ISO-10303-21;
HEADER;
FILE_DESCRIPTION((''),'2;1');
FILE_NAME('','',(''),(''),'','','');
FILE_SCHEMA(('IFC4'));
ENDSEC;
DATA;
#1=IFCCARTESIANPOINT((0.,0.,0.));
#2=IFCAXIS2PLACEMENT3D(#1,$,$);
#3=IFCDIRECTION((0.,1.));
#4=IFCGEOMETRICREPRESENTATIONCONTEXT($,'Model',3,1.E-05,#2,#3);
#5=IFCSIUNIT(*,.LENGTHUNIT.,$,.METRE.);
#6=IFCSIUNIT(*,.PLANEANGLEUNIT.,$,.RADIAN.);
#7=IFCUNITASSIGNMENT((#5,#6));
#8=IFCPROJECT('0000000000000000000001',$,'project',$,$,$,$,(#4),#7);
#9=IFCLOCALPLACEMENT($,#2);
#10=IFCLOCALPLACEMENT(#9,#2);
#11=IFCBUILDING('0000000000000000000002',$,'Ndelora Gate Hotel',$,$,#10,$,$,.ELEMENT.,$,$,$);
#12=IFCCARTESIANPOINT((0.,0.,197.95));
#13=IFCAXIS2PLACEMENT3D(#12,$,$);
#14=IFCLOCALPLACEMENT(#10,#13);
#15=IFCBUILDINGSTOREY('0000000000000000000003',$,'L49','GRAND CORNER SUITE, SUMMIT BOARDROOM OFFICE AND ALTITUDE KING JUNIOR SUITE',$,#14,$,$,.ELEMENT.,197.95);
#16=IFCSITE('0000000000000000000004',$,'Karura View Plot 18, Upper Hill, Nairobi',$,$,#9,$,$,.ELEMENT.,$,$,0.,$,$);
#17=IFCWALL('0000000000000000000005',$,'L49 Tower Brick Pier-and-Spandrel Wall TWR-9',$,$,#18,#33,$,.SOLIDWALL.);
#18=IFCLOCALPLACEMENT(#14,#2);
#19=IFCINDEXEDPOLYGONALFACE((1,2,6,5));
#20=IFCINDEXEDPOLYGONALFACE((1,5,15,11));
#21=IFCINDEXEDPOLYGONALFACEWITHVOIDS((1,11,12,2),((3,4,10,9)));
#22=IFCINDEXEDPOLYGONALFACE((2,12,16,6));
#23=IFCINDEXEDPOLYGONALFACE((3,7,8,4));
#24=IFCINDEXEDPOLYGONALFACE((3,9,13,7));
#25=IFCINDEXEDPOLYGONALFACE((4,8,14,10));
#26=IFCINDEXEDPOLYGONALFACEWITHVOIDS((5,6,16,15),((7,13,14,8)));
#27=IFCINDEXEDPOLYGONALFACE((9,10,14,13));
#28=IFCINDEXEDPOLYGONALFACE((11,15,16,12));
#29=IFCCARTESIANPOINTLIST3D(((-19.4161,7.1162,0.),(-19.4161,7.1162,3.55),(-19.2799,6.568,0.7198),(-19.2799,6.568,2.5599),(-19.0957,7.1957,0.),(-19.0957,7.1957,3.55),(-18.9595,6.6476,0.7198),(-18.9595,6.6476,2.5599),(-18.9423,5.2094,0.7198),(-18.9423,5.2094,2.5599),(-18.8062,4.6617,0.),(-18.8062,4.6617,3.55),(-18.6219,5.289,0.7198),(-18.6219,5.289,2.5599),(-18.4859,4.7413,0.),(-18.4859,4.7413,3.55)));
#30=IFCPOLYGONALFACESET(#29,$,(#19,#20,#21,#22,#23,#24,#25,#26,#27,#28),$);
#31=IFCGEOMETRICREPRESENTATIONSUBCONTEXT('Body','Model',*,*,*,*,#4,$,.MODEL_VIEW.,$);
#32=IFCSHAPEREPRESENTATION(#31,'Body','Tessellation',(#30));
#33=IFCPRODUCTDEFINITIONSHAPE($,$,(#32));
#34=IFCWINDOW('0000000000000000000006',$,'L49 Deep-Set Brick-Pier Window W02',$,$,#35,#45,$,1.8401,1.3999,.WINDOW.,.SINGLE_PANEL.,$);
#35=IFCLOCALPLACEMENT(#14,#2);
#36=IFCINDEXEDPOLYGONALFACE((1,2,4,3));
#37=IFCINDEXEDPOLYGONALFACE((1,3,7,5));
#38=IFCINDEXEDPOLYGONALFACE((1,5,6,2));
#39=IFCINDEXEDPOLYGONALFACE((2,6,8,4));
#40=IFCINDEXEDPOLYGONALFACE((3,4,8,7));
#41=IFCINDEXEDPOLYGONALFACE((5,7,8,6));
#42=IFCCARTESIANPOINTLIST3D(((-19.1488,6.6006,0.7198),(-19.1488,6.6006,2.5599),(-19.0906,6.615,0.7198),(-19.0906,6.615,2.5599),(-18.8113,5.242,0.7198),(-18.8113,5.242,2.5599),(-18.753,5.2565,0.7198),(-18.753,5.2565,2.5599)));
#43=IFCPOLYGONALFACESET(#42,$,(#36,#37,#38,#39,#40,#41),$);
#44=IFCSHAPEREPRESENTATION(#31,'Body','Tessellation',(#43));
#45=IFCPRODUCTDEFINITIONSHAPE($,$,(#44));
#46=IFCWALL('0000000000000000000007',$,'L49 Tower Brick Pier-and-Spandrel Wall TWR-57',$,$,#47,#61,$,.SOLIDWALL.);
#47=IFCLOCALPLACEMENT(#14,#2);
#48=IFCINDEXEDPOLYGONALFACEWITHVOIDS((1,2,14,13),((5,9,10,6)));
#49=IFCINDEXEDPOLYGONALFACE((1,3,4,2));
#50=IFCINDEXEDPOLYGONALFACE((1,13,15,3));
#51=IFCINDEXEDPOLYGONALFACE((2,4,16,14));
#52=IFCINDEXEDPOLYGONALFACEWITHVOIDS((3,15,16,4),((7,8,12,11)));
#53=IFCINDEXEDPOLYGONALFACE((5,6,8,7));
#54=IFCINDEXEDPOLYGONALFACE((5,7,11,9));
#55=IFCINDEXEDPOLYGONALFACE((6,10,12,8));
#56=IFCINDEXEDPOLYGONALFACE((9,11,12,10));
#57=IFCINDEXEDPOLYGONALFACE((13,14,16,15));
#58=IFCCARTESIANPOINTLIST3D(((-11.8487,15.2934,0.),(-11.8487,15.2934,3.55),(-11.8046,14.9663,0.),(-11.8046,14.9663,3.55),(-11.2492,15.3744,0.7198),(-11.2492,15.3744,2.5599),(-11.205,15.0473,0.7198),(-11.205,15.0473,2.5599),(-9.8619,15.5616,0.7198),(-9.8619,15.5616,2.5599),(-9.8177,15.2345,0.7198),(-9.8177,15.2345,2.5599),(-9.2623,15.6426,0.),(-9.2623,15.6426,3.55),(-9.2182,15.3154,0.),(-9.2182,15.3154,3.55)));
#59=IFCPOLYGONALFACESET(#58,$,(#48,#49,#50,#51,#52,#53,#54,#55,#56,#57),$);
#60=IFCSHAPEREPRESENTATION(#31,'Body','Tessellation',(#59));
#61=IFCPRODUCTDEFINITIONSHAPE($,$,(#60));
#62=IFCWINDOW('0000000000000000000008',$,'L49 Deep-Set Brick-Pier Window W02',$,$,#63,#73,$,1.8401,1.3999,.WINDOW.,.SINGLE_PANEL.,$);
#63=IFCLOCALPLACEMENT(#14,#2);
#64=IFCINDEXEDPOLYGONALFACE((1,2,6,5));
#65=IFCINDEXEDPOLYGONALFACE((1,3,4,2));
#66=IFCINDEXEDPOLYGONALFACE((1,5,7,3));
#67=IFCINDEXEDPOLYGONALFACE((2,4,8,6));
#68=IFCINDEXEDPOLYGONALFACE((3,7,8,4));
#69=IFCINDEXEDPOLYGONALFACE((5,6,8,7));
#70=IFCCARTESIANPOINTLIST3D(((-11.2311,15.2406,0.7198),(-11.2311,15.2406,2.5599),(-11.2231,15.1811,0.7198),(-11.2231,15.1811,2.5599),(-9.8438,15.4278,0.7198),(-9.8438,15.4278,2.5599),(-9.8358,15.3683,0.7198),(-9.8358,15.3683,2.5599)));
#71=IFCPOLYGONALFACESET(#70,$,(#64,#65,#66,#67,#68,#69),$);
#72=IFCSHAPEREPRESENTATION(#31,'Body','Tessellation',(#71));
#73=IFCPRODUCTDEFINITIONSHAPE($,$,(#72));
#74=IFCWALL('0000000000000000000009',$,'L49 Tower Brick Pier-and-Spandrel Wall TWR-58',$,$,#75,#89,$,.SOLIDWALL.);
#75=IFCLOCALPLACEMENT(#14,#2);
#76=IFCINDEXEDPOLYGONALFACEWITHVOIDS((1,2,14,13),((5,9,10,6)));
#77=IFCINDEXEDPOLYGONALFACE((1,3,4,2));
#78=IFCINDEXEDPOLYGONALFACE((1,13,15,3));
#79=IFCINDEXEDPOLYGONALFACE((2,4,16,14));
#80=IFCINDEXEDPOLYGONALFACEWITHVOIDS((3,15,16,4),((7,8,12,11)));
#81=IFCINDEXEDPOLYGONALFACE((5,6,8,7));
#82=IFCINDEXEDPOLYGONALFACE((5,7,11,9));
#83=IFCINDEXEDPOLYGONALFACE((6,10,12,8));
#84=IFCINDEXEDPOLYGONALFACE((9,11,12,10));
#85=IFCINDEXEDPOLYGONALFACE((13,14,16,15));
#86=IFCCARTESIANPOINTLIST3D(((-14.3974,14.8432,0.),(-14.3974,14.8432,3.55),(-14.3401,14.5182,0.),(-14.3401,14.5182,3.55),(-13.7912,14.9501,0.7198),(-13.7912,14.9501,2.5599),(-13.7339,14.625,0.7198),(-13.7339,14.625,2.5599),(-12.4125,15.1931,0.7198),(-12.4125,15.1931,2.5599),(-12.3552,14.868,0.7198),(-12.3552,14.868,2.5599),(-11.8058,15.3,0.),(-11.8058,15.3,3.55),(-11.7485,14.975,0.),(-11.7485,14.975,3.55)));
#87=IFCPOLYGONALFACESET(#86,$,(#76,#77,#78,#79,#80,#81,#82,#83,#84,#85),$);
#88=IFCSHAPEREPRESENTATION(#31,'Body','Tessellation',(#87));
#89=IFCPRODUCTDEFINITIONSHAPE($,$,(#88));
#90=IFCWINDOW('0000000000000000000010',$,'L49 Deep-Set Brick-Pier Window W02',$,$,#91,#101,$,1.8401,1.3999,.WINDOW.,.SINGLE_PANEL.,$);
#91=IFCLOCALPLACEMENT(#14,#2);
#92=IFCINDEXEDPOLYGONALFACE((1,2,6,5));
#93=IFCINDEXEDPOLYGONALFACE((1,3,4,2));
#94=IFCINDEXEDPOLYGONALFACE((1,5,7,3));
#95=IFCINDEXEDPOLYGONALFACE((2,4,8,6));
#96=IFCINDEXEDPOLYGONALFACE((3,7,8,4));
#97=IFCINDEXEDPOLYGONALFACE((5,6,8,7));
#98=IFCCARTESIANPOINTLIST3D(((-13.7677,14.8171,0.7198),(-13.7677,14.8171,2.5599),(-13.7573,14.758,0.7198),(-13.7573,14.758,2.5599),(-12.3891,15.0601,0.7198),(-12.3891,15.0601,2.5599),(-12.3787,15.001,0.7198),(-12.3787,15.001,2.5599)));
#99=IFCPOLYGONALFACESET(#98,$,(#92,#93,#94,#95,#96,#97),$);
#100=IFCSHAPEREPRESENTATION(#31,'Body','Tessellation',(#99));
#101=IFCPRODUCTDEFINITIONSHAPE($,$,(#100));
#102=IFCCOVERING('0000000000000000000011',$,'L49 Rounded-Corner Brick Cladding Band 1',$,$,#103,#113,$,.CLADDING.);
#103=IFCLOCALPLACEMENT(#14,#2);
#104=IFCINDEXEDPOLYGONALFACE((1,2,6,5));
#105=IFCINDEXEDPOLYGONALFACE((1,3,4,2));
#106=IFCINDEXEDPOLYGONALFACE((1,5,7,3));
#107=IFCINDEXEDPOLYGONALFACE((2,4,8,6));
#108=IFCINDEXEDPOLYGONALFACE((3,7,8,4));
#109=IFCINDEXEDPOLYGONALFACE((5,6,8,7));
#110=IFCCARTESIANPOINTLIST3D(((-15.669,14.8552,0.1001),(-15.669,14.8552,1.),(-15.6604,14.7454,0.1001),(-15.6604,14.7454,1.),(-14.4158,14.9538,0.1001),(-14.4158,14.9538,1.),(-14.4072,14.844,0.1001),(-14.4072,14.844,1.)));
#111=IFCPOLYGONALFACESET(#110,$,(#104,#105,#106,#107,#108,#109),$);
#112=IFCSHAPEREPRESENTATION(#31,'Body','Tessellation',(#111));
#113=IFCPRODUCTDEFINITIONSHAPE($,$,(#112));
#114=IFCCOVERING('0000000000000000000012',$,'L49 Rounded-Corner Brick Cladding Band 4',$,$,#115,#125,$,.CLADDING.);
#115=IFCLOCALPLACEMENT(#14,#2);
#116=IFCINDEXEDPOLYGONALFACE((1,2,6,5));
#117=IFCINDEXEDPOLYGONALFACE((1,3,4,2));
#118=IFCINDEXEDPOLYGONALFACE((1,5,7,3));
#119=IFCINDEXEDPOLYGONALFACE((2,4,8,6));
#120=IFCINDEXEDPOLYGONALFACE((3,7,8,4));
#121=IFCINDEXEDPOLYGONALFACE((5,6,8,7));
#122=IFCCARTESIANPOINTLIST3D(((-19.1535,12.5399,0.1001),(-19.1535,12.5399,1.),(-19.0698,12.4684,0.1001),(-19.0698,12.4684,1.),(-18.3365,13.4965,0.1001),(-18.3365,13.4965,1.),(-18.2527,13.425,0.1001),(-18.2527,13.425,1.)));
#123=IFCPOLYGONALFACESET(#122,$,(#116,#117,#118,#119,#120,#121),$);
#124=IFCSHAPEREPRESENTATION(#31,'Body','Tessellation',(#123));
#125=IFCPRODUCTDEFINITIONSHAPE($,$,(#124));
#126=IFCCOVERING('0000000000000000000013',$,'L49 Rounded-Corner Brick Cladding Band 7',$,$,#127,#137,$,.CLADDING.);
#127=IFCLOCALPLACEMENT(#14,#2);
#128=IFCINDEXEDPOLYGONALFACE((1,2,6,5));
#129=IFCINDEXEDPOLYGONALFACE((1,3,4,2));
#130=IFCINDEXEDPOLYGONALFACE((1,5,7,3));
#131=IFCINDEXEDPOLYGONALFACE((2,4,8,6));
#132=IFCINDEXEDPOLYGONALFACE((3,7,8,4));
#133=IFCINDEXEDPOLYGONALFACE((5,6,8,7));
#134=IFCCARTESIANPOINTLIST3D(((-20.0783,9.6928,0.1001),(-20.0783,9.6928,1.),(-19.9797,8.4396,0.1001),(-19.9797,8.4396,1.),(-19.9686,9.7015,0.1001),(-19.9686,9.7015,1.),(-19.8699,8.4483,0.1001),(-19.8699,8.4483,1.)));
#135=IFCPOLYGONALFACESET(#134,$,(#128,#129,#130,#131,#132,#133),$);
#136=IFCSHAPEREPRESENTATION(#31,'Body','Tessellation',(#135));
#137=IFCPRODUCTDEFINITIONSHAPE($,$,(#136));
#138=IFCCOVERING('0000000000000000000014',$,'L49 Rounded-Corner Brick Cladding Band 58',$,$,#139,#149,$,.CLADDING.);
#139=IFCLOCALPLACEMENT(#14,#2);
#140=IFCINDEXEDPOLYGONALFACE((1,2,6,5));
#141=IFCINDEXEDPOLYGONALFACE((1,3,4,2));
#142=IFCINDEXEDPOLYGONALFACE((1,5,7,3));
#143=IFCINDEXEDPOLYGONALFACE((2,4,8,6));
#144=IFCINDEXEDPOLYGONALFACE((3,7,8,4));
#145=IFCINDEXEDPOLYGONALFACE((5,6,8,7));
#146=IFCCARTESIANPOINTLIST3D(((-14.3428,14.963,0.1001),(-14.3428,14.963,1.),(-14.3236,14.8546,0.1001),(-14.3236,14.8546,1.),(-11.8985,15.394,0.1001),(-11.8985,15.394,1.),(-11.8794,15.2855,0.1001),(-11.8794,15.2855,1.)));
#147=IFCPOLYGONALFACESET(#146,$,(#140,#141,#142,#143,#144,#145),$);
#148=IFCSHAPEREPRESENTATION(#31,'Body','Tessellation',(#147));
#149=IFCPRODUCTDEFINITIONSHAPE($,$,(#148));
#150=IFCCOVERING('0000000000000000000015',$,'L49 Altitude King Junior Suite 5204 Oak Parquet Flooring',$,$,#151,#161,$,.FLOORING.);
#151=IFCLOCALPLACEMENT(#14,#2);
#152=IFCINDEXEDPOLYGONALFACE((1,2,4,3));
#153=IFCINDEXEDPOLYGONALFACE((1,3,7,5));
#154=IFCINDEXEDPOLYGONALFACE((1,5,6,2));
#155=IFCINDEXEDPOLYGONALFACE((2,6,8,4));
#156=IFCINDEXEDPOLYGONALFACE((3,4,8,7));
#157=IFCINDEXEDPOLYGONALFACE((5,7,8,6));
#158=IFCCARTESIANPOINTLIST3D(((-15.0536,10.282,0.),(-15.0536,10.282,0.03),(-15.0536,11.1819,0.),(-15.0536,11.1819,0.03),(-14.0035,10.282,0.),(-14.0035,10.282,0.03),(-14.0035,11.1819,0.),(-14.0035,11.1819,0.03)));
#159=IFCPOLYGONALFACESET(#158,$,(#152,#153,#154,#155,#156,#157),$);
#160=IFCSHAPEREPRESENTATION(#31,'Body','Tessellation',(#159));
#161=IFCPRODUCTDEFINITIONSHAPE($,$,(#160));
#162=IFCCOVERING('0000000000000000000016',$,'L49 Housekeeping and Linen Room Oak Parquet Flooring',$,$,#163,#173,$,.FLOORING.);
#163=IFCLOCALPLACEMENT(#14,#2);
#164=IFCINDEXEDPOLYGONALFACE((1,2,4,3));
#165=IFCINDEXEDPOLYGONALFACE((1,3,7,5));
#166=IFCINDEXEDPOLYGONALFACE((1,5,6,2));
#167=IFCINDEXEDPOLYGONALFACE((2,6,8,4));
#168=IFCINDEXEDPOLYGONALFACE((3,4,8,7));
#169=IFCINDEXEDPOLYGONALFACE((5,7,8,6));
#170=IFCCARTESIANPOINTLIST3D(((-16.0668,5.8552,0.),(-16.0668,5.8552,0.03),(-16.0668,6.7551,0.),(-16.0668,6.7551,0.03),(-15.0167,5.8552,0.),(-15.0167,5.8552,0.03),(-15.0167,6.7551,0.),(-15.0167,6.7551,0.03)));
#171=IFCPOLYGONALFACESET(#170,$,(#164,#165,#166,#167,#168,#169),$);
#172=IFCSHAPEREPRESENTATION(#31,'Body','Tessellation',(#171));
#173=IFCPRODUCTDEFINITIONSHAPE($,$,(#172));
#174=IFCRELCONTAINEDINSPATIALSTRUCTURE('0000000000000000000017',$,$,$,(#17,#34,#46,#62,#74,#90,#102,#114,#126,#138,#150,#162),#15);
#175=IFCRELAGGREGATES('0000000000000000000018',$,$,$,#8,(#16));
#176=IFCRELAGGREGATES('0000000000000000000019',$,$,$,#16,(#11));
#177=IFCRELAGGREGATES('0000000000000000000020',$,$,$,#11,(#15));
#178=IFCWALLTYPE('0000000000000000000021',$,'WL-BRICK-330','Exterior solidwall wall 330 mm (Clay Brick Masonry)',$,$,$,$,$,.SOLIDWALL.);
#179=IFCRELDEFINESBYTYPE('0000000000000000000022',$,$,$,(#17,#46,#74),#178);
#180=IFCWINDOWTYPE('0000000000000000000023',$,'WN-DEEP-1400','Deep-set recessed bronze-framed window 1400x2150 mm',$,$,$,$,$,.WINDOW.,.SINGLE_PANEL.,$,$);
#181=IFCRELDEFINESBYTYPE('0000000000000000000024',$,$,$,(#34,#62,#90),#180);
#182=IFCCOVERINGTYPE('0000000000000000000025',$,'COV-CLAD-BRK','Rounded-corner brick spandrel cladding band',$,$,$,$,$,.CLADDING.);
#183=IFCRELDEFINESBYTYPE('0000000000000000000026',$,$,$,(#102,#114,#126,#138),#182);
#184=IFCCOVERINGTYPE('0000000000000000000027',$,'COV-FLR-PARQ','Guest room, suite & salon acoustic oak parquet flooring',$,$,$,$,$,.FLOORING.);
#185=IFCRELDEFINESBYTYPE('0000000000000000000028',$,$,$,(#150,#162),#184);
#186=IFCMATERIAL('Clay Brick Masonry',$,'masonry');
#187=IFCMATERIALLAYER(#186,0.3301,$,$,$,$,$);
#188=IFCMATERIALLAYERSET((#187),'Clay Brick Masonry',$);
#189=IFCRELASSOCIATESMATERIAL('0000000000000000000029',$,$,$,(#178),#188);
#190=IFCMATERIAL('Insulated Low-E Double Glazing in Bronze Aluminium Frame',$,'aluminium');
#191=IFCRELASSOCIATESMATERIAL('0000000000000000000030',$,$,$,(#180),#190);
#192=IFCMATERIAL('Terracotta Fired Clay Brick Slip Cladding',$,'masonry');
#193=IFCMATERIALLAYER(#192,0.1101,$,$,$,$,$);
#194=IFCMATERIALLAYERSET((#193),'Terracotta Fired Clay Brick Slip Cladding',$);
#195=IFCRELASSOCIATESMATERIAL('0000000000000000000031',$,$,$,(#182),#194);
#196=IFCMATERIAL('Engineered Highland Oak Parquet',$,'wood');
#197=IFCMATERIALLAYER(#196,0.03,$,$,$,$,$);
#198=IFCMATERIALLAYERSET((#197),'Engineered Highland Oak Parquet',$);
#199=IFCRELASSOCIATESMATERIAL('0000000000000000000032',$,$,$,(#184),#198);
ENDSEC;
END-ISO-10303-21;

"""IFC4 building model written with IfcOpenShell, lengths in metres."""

from ifc_helpers import new_model, si_unit, direction, frame, frame_2d, origin, origin_2d, place, context, subcontext, project, spatial, rectangle, extrude, material, layer, layer_set, type_object, element, fill, save


model = new_model("IFC4")

# Units and contexts
model_context = context("Model", 3, precision=1e-05, world=origin(), true_north=direction((0.0, 1.0)))
body_context = subcontext(model_context, "Body", "Model", "MODEL_VIEW")
ifc_project = project(units=[si_unit("LENGTHUNIT", "METRE"), si_unit("PLANEANGLEUNIT", "RADIAN")], contexts=[model_context])

# Site, building, storey
site_placement = place(None, origin())
site = spatial("IfcSite", under=ifc_project, at=site_placement, Name="Karura View Plot 18, Upper Hill, Nairobi", CompositionType="ELEMENT", RefElevation=0.0)
building_placement = place(site_placement, origin())
building = spatial("IfcBuilding", under=site, at=building_placement, Name="Ndelora Gate Hotel", CompositionType="ELEMENT")
storey_placement = place(building_placement, frame((0.0, 0.0, 197.95)))
storey = spatial("IfcBuildingStorey", under=building, at=storey_placement, Name="L49", Description="GRAND CORNER SUITE, SUMMIT BOARDROOM OFFICE AND ALTITUDE KING JUNIOR SUITE", CompositionType="ELEMENT", Elevation=197.95)

# Shared definitions
ifc_material_1 = material(Name="Clay Brick Masonry", Category="masonry")
ifc_layer_1 = layer(ifc_material_1, 0.3301)
ifc_layer_set_1 = layer_set([ifc_layer_1], Name="Clay Brick Masonry")
wall_type_1 = type_object("IfcWallType", Name="WL-BRICK-330", Description="Exterior solidwall wall 330 mm (Clay Brick Masonry)", PredefinedType="SOLIDWALL", material=ifc_layer_set_1)

# Walls, openings, windows
wall_1_placement = place(storey_placement, frame((-18.646, 4.7014, 0.0), z_axis=(0.0, 0.0, 1.0), x_axis=(-0.24115, 0.970488, 0.0)))
wall_1 = element("IfcWall", 1, at=wall_1_placement, inside=storey, type_object=wall_type_1, Name="L49 Tower Brick Pier-and-Spandrel Wall TWR-9", PredefinedType="SOLIDWALL", context=body_context, shape_type="SweptSolid", body=[
    extrude(rectangle(XDim=2.5291, YDim=0.3301, at=frame_2d((1.2646, 0.0))), origin(), (0.0, 0.0, 1.0), 3.55),
])
opening_1_placement = place(wall_1_placement, frame((0.5645, 0.0, 0.72)))
opening_1 = element("IfcOpeningElement", 2, at=opening_1_placement, cuts=wall_1, PredefinedType="OPENING", context=body_context, shape_type="SweptSolid", body=[
    extrude(rectangle(XDim=1.3999, YDim=1.8401, at=frame_2d((0.7, 0.9199))), frame((0.0, 0.175, 0.0), z_axis=(0.0, -1.0, 0.0), x_axis=(1.0, 0.0, 0.0)), (0.0, 0.0, 1.0), 0.3501),
])
ifc_material_2 = material(Name="Insulated Low-E Double Glazing in Bronze Aluminium Frame", Category="aluminium")
window_type = type_object("IfcWindowType", Name="WN-DEEP-1400", Description="Deep-set recessed bronze-framed window 1400x2150 mm", PartitioningType="SINGLE_PANEL", PredefinedType="WINDOW", material=ifc_material_2)
window_1_placement = place(opening_1_placement, origin())
window_1 = element("IfcWindow", 3, at=window_1_placement, inside=storey, type_object=window_type, Name="L49 Deep-Set Brick-Pier Window W02", OverallHeight=1.8401, OverallWidth=1.3999, PartitioningType="SINGLE_PANEL", PredefinedType="WINDOW", context=body_context, shape_type="SweptSolid", body=[
    extrude(rectangle(XDim=1.3999, YDim=1.8401, at=frame_2d((0.7, 0.9199))), frame((0.0, 0.03, 0.0), z_axis=(0.0, -1.0, 0.0), x_axis=(1.0, 0.0, 0.0)), (0.0, 0.0, 1.0), 0.0601),
])
fill(opening_1, window_1)
wall_2_placement = place(storey_placement, frame((-11.8267, 15.1299, 0.0), z_axis=(0.0, 0.0, 1.0), x_axis=(0.991013, 0.133769, 0.0)))
wall_2 = element("IfcWall", 4, at=wall_2_placement, inside=storey, type_object=wall_type_1, Name="L49 Tower Brick Pier-and-Spandrel Wall TWR-57", PredefinedType="SOLIDWALL", context=body_context, shape_type="SweptSolid", body=[
    extrude(rectangle(XDim=2.6099, YDim=0.3301, at=frame_2d((1.3049, 0.0))), origin(), (0.0, 0.0, 1.0), 3.55),
])
opening_2_placement = place(wall_2_placement, frame((0.605, 0.0, 0.72)))
opening_2 = element("IfcOpeningElement", 5, at=opening_2_placement, cuts=wall_2, PredefinedType="OPENING", context=body_context, shape_type="SweptSolid", body=[
    extrude(rectangle(XDim=1.3999, YDim=1.8401, at=frame_2d((0.7, 0.9199))), frame((0.0, 0.175, 0.0), z_axis=(0.0, -1.0, 0.0), x_axis=(1.0, 0.0, 0.0)), (0.0, 0.0, 1.0), 0.3501),
])
window_2_placement = place(opening_2_placement, origin())
window_2 = element("IfcWindow", 6, at=window_2_placement, inside=storey, type_object=window_type, Name="L49 Deep-Set Brick-Pier Window W02", OverallHeight=1.8401, OverallWidth=1.3999, PartitioningType="SINGLE_PANEL", PredefinedType="WINDOW", context=body_context, shape_type="SweptSolid", body=[
    extrude(rectangle(XDim=1.3999, YDim=1.8401, at=frame_2d((0.7, 0.9199))), frame((0.0, 0.03, 0.0), z_axis=(0.0, -1.0, 0.0), x_axis=(1.0, 0.0, 0.0)), (0.0, 0.0, 1.0), 0.0601),
])
fill(opening_2, window_2)
wall_3_placement = place(storey_placement, frame((-14.3689, 14.6807, 0.0), z_axis=(0.0, 0.0, 1.0), x_axis=(0.984819, 0.173584, 0.0)))
wall_3 = element("IfcWall", 7, at=wall_3_placement, inside=storey, type_object=wall_type_1, Name="L49 Tower Brick Pier-and-Spandrel Wall TWR-58", PredefinedType="SOLIDWALL", context=body_context, shape_type="SweptSolid", body=[
    extrude(rectangle(XDim=2.6316, YDim=0.3301, at=frame_2d((1.3159, 0.0))), origin(), (0.0, 0.0, 1.0), 3.55),
])
opening_3_placement = place(wall_3_placement, frame((0.6157, 0.0, 0.72)))
opening_3 = element("IfcOpeningElement", 8, at=opening_3_placement, cuts=wall_3, PredefinedType="OPENING", context=body_context, shape_type="SweptSolid", body=[
    extrude(rectangle(XDim=1.3999, YDim=1.8401, at=frame_2d((0.7, 0.9199))), frame((0.0, 0.175, 0.0), z_axis=(0.0, -1.0, 0.0), x_axis=(1.0, 0.0, 0.0)), (0.0, 0.0, 1.0), 0.3501),
])
window_3_placement = place(opening_3_placement, origin())
window_3 = element("IfcWindow", 9, at=window_3_placement, inside=storey, type_object=window_type, Name="L49 Deep-Set Brick-Pier Window W02", OverallHeight=1.8401, OverallWidth=1.3999, PartitioningType="SINGLE_PANEL", PredefinedType="WINDOW", context=body_context, shape_type="SweptSolid", body=[
    extrude(rectangle(XDim=1.3999, YDim=1.8401, at=frame_2d((0.7, 0.9199))), frame((0.0, 0.03, 0.0), z_axis=(0.0, -1.0, 0.0), x_axis=(1.0, 0.0, 0.0)), (0.0, 0.0, 1.0), 0.0601),
])
fill(opening_3, window_3)

# Coverings
ifc_material_3 = material(Name="Terracotta Fired Clay Brick Slip Cladding", Category="masonry")
ifc_layer_2 = layer(ifc_material_3, 0.1101)
ifc_layer_set_2 = layer_set([ifc_layer_2], Name="Terracotta Fired Clay Brick Slip Cladding")
covering_type_1 = type_object("IfcCoveringType", Name="COV-CLAD-BRK", Description="Rounded-corner brick spandrel cladding band", PredefinedType="CLADDING", material=ifc_layer_set_2)
covering_1_placement = place(storey_placement, frame((-15.0381, 14.8496, 0.1001), z_axis=(0.0, 0.0, 1.0), x_axis=(0.996917, 0.078459, 0.0)))
element("IfcCovering", 10, at=covering_1_placement, inside=storey, type_object=covering_type_1, Name="L49 Rounded-Corner Brick Cladding Band 1", PredefinedType="CLADDING", context=body_context, shape_type="SweptSolid", body=[
    extrude(rectangle(XDim=1.2571, YDim=0.1101, at=origin_2d()), origin(), (0.0, 0.0, 1.0), 0.8999),
])
covering_2_placement = place(storey_placement, frame((-18.7031, 12.9824, 0.1001), z_axis=(0.0, 0.0, 1.0), x_axis=(0.649448, 0.760406, 0.0)))
element("IfcCovering", 11, at=covering_2_placement, inside=storey, type_object=covering_type_1, Name="L49 Rounded-Corner Brick Cladding Band 4", PredefinedType="CLADDING", context=body_context, shape_type="SweptSolid", body=[
    extrude(rectangle(XDim=1.2581, YDim=0.1101, at=origin_2d()), origin(), (0.0, 0.0, 1.0), 0.8999),
])
covering_3_placement = place(storey_placement, frame((-19.9741, 9.0706, 0.1001), z_axis=(0.0, 0.0, 1.0), x_axis=(-0.078459, 0.996917, 0.0)))
element("IfcCovering", 12, at=covering_3_placement, inside=storey, type_object=covering_type_1, Name="L49 Rounded-Corner Brick Cladding Band 7", PredefinedType="CLADDING", context=body_context, shape_type="SweptSolid", body=[
    extrude(rectangle(XDim=1.2571, YDim=0.1101, at=origin_2d()), origin(), (0.0, 0.0, 1.0), 0.8999),
])
covering_4_placement = place(storey_placement, frame((-13.1111, 15.1243, 0.1001), z_axis=(0.0, 0.0, 1.0), x_axis=(0.984808, 0.173648, 0.0)))
element("IfcCovering", 13, at=covering_4_placement, inside=storey, type_object=covering_type_1, Name="L49 Rounded-Corner Brick Cladding Band 58", PredefinedType="CLADDING", context=body_context, shape_type="SweptSolid", body=[
    extrude(rectangle(XDim=2.4819, YDim=0.1101, at=origin_2d()), origin(), (0.0, 0.0, 1.0), 0.8999),
])
ifc_material_4 = material(Name="Engineered Highland Oak Parquet", Category="wood")
ifc_layer_3 = layer(ifc_material_4, 0.03)
ifc_layer_set_3 = layer_set([ifc_layer_3], Name="Engineered Highland Oak Parquet")
covering_type_2 = type_object("IfcCoveringType", Name="COV-FLR-PARQ", Description="Guest room, suite & salon acoustic oak parquet flooring", PredefinedType="FLOORING", material=ifc_layer_set_3)
for number, where, z_axis, x_axis, name in (
    (14, (-14.5286, 10.7319, 0.0), (0.0, 0.0, 1.0), (1.0, 0.0, 0.0), "L49 Altitude King Junior Suite 5204 Oak Parquet Flooring"),
    (15, (-15.5417, 6.3052, 0.0), (0.0, 0.0, 1.0), (1.0, 0.0, 0.0), "L49 Housekeeping and Linen Room Oak Parquet Flooring"),
):
    element("IfcCovering", number, at=place(storey_placement, frame(where, z_axis=z_axis, x_axis=x_axis)), inside=storey, type_object=covering_type_2, Name=name, PredefinedType="FLOORING", context=body_context, shape_type="SweptSolid", body=[
        extrude(rectangle(XDim=1.05, YDim=0.8999, at=origin_2d()), origin(), (0.0, 0.0, 1.0), 0.03),
    ])

save(model, "model.ifc")
